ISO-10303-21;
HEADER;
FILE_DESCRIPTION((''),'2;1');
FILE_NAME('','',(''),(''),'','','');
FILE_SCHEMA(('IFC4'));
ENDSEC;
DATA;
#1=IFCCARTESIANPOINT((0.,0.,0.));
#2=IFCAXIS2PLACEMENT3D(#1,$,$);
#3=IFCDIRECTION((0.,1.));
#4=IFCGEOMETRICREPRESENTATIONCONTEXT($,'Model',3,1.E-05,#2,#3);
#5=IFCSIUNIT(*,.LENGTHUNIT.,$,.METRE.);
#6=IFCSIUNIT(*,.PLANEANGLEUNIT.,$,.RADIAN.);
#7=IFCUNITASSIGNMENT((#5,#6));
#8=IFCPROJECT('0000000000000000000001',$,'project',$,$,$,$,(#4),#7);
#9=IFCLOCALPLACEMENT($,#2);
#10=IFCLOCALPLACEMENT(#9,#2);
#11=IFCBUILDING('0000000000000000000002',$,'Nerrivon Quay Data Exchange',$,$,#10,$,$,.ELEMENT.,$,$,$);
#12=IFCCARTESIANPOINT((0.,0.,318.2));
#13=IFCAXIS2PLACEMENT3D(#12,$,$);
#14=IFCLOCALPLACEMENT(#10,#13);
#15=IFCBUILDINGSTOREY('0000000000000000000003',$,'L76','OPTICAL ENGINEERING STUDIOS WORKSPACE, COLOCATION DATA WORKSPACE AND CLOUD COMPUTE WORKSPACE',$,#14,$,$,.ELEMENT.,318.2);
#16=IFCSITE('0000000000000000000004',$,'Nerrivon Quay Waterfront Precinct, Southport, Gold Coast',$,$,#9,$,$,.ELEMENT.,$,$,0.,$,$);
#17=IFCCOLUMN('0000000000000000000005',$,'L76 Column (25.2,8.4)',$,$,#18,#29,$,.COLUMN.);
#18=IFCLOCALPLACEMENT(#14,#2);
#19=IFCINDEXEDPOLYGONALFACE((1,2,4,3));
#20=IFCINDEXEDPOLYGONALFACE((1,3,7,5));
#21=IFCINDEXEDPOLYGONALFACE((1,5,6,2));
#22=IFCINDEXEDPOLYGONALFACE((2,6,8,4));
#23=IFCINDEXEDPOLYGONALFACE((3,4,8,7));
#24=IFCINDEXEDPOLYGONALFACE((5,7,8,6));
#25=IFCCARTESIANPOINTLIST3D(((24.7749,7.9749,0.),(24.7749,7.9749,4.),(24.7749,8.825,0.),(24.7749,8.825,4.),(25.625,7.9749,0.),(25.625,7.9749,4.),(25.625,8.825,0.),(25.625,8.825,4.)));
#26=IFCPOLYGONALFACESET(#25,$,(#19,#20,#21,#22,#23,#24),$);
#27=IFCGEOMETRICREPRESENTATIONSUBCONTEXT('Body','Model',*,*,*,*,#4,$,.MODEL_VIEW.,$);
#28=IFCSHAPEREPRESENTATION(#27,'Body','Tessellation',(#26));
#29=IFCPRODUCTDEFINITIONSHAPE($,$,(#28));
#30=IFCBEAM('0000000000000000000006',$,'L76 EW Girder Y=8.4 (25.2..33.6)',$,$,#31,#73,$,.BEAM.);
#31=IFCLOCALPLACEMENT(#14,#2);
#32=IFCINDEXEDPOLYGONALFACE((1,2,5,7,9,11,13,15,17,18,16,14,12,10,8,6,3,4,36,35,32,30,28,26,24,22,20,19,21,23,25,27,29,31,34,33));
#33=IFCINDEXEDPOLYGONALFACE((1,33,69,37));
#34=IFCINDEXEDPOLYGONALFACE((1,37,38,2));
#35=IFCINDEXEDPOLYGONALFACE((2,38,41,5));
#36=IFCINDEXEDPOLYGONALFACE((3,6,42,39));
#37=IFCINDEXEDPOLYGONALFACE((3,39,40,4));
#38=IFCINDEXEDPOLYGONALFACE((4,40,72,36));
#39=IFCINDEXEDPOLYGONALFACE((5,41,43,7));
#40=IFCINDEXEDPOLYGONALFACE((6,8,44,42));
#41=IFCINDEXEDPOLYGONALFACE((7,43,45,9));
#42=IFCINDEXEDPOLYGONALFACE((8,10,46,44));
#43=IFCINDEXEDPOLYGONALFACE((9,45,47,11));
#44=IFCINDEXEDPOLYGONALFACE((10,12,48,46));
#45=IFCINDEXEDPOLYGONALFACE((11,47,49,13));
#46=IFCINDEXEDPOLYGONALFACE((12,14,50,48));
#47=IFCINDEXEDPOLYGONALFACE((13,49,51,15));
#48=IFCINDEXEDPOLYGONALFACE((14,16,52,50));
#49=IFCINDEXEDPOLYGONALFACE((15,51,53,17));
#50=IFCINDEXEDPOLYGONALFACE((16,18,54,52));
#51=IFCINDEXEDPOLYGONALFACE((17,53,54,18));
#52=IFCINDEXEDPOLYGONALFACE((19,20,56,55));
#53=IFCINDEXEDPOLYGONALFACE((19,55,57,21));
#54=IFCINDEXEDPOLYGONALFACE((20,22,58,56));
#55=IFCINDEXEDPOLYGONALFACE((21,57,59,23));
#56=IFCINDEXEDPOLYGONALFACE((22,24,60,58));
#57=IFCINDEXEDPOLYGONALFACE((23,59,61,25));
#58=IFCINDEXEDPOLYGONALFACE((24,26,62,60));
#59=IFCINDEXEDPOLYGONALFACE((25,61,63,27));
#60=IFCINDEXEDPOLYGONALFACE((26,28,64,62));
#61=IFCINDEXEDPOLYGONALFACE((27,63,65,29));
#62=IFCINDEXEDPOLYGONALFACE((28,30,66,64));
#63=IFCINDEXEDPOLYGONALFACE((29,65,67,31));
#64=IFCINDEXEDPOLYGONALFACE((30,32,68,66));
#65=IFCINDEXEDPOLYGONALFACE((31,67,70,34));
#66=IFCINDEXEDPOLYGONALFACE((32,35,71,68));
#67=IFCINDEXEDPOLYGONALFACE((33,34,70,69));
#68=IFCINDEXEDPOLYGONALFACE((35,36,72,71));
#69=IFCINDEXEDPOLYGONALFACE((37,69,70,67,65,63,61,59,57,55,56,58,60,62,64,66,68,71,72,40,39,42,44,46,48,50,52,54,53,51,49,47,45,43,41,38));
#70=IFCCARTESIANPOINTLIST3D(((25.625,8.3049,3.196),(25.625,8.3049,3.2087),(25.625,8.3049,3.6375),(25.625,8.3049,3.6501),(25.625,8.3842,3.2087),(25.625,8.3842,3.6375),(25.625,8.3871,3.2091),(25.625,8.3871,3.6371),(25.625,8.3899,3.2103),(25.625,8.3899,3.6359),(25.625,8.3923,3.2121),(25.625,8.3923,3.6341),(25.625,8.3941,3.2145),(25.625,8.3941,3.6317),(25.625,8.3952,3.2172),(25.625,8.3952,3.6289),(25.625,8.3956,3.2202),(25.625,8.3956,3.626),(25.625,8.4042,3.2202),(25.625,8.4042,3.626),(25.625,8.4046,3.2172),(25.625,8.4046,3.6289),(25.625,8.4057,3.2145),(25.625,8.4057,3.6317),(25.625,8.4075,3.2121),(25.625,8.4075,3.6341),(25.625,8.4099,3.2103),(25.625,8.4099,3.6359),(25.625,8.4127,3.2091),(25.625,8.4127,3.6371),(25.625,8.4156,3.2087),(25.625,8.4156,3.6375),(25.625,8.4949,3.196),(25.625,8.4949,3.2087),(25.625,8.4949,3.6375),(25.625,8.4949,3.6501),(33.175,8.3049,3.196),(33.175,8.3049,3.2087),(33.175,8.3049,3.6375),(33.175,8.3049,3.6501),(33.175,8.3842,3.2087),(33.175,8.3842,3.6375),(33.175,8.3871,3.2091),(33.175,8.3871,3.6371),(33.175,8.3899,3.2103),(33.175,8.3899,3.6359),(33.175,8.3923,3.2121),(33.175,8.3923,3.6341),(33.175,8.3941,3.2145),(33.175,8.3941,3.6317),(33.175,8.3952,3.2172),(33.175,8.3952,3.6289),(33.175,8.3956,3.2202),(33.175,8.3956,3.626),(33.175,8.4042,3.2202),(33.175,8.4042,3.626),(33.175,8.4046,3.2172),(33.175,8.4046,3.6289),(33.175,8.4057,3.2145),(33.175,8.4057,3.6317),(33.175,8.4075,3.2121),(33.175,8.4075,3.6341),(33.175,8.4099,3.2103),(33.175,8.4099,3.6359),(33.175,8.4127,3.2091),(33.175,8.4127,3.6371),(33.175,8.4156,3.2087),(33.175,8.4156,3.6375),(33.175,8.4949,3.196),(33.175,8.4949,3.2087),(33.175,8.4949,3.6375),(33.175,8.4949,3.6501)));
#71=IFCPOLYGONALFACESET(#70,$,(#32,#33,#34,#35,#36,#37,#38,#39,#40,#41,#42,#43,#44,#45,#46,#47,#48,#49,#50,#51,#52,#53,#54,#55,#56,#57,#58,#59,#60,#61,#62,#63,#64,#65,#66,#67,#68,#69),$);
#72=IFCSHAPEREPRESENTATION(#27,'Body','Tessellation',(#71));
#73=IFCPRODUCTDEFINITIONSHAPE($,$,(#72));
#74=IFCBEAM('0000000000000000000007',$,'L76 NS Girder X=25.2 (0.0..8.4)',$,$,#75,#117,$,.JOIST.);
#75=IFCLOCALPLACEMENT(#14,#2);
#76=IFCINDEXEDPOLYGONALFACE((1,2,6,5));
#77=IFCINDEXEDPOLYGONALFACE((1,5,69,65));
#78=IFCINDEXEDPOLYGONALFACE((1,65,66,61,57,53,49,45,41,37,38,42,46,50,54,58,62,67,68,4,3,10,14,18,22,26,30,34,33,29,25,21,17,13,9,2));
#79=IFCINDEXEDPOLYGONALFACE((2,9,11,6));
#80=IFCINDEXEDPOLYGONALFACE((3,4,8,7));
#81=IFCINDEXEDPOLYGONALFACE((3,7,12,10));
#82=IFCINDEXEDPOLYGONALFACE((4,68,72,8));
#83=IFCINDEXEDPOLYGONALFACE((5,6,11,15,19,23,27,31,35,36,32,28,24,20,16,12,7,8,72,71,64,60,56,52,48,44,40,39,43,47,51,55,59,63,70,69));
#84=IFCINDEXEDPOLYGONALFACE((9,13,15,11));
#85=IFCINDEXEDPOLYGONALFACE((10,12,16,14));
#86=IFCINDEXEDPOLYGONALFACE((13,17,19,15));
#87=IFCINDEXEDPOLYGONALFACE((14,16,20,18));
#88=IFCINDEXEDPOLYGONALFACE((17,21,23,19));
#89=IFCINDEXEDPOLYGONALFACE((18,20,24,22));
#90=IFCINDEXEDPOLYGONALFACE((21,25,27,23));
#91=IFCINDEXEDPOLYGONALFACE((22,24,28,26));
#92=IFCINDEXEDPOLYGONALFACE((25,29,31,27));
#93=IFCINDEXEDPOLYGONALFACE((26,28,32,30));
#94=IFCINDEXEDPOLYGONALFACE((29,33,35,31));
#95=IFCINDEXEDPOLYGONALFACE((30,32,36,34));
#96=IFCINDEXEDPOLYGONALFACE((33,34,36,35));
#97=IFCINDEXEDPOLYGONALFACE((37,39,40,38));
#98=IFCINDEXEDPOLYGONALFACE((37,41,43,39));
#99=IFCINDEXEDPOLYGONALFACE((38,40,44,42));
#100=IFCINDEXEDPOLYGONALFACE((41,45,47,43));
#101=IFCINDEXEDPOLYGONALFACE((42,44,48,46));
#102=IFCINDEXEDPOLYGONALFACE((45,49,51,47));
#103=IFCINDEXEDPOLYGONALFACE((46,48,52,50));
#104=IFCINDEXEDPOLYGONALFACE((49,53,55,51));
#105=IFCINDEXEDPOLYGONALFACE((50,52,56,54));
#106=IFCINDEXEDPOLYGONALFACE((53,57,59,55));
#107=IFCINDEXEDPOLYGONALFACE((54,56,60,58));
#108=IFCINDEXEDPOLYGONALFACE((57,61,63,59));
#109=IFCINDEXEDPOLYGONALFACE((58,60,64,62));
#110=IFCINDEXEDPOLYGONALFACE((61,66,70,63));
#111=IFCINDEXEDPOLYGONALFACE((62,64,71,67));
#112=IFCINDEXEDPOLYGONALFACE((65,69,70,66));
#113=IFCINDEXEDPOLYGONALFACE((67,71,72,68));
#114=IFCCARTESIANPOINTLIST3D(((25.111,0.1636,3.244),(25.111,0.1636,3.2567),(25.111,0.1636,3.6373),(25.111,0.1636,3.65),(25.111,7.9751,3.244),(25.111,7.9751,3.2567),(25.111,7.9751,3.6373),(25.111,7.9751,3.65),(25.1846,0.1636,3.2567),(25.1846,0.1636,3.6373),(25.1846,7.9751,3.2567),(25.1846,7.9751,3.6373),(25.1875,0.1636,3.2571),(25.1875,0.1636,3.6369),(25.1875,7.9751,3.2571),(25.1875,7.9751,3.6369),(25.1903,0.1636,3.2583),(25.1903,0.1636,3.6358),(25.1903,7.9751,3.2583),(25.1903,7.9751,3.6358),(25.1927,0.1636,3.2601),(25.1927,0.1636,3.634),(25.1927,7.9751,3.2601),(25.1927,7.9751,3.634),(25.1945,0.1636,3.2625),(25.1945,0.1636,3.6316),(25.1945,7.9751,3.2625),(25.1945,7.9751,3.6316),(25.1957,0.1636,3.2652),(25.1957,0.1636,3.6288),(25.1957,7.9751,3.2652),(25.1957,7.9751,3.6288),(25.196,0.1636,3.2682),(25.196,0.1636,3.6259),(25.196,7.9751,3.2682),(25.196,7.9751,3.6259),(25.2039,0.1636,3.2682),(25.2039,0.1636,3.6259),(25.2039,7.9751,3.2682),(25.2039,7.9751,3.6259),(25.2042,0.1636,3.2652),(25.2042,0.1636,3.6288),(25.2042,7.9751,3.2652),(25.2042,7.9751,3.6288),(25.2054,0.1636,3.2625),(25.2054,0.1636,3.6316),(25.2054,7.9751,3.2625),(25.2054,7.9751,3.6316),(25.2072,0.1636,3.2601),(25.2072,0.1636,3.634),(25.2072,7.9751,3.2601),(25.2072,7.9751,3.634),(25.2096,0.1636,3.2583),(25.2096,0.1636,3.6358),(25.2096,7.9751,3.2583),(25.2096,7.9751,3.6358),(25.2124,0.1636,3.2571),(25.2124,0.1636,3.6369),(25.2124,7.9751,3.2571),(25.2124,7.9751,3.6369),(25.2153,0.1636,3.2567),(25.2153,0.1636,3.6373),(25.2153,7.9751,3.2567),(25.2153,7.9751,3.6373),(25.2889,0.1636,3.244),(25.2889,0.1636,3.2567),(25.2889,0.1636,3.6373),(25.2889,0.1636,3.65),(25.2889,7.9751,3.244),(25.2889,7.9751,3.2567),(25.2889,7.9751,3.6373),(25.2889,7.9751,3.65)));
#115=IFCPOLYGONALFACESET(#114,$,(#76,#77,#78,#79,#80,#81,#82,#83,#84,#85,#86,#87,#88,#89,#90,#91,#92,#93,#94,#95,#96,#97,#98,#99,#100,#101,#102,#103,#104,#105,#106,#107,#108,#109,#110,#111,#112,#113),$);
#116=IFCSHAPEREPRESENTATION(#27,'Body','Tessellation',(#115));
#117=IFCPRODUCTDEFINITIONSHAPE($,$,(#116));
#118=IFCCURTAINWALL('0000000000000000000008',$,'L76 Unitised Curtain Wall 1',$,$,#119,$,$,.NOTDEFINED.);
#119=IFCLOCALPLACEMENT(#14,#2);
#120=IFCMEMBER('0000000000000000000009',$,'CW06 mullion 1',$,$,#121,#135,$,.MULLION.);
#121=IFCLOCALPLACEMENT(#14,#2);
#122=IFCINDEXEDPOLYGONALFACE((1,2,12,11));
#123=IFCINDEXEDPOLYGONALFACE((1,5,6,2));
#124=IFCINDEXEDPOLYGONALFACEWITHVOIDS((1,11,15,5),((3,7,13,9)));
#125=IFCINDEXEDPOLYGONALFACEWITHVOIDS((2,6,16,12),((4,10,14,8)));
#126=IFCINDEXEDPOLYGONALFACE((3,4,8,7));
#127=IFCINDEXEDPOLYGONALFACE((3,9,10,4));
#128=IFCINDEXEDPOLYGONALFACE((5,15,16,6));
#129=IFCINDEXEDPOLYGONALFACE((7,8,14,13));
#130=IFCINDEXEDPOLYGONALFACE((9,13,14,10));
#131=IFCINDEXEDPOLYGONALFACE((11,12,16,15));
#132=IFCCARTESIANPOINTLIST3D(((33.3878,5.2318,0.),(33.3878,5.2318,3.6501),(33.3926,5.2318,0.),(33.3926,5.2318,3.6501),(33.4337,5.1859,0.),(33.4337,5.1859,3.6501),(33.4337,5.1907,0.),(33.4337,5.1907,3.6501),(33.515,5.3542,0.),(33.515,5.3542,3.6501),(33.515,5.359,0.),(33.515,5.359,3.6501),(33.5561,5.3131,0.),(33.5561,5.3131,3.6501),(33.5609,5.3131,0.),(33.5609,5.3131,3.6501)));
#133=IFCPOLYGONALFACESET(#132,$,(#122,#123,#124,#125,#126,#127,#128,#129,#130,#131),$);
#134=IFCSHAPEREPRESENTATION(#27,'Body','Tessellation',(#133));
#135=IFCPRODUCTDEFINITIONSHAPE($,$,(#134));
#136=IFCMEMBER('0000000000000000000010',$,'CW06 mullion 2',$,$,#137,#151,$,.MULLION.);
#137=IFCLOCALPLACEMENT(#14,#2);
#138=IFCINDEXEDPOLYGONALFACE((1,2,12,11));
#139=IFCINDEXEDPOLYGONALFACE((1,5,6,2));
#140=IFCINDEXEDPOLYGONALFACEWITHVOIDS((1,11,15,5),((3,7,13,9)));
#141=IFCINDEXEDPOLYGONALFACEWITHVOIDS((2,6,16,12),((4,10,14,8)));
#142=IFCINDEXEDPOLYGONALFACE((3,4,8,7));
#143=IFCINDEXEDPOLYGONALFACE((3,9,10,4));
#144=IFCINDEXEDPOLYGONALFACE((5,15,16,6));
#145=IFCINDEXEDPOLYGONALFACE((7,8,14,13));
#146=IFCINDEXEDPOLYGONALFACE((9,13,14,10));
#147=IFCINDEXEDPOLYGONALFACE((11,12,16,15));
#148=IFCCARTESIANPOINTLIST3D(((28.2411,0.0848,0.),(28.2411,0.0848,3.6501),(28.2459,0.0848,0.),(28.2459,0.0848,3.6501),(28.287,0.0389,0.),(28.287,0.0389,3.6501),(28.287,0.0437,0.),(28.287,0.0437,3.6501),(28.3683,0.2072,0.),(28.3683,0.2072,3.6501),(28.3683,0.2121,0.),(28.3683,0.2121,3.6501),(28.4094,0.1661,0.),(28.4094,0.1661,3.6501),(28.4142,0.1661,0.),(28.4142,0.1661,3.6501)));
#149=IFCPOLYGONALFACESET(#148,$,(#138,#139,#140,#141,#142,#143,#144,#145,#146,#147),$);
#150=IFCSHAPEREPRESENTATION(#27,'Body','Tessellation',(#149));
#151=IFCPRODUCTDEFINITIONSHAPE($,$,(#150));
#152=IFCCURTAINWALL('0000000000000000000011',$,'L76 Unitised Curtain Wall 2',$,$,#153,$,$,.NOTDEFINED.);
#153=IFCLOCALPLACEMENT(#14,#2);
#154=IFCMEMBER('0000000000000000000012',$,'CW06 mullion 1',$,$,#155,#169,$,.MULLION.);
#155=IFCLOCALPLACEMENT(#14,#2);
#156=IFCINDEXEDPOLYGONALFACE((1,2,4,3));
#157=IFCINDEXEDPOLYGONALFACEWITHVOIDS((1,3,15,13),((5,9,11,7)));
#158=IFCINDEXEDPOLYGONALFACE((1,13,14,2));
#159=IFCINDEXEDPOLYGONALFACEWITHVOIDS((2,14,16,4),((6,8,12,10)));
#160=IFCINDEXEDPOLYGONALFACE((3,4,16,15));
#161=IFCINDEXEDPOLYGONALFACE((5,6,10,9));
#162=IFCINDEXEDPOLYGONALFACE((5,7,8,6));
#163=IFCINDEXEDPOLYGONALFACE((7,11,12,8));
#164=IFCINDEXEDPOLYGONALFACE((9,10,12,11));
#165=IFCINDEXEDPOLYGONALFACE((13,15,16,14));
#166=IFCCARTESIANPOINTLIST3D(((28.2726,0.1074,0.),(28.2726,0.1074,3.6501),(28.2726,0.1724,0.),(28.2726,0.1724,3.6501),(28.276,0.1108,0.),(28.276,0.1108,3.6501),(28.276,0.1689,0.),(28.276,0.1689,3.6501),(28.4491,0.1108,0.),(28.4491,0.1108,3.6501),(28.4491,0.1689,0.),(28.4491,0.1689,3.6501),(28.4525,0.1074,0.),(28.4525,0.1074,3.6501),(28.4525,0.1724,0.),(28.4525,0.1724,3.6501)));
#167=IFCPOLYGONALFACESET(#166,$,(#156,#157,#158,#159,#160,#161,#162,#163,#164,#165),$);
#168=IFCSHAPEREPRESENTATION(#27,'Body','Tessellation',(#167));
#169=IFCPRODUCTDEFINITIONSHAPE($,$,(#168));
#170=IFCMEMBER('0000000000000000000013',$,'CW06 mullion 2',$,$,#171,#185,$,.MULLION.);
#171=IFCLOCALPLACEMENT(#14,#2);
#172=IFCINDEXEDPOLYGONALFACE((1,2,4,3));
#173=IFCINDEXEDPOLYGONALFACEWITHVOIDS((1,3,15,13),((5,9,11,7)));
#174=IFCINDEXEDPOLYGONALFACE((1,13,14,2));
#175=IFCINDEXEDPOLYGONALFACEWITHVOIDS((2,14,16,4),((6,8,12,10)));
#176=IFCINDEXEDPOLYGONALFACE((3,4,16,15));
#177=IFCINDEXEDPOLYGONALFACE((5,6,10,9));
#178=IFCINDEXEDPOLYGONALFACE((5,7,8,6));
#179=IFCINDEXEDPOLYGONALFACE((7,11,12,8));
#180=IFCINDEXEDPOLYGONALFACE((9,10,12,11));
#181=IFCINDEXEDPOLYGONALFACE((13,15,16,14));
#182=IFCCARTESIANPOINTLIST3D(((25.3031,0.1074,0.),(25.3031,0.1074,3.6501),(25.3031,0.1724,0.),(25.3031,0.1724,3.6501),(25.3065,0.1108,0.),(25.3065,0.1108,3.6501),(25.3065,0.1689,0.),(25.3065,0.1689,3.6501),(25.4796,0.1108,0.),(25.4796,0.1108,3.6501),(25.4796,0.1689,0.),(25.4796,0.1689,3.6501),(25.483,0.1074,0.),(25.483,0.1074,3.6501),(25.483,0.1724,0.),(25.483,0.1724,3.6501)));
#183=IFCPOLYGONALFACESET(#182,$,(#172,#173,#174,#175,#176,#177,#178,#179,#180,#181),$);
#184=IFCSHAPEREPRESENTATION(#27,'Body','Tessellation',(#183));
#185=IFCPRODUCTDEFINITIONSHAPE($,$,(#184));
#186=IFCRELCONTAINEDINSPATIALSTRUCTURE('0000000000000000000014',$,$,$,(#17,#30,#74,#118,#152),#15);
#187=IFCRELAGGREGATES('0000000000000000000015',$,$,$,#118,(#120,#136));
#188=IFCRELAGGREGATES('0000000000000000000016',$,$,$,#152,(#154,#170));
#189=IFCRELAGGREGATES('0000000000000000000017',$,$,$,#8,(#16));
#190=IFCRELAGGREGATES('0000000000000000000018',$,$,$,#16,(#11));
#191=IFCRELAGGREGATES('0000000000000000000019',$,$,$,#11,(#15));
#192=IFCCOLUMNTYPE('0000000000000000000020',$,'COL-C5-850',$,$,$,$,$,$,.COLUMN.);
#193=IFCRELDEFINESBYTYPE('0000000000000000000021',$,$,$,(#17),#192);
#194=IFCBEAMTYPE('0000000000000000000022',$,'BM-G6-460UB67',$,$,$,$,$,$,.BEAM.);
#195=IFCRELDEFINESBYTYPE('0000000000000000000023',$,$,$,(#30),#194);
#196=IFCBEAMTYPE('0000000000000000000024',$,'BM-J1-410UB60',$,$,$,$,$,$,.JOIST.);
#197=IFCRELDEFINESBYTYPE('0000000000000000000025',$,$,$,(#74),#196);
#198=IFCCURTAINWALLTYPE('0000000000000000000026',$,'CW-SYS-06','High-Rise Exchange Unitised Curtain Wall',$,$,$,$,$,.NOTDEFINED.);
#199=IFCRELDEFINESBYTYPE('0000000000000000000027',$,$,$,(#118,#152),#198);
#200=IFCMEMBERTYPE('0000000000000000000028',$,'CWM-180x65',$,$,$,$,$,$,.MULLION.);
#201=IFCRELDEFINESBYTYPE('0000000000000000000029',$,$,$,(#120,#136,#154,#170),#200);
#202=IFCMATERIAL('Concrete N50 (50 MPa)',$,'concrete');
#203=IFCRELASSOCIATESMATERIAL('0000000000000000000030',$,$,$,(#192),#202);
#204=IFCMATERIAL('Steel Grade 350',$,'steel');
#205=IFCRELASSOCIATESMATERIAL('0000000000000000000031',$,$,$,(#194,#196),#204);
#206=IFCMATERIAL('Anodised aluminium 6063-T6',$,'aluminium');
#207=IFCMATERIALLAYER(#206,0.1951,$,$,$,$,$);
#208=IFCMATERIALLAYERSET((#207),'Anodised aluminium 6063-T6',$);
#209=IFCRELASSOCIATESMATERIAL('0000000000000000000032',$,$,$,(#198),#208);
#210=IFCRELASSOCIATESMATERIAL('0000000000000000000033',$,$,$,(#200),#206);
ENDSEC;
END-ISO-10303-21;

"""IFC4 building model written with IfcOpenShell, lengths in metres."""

from ifc_helpers import new_model, si_unit, direction, frame, origin, origin_2d, place, context, subcontext, project, spatial, rectangle, hollow_rectangle, i_section, extrude, material, layer, layer_set, material_profile, profile_set, type_object, element, aggregate, save


model = new_model("IFC4")

# Units and contexts
model_context = context("Model", 3, precision=1e-05, world=origin(), true_north=direction((0.0, 1.0)))
body_context = subcontext(model_context, "Body", "Model", "MODEL_VIEW")
ifc_project = project(units=[si_unit("LENGTHUNIT", "METRE"), si_unit("PLANEANGLEUNIT", "RADIAN")], contexts=[model_context])

# Site, building, storey
site_placement = place(None, origin())
site = spatial("IfcSite", under=ifc_project, at=site_placement, Name="Nerrivon Quay Waterfront Precinct, Southport, Gold Coast", CompositionType="ELEMENT", RefElevation=0.0)
building_placement = place(site_placement, origin())
building = spatial("IfcBuilding", under=site, at=building_placement, Name="Nerrivon Quay Data Exchange", CompositionType="ELEMENT")
storey_placement = place(building_placement, frame((0.0, 0.0, 318.2)))
storey = spatial("IfcBuildingStorey", under=building, at=storey_placement, Name="L76", Description="OPTICAL ENGINEERING STUDIOS WORKSPACE, COLOCATION DATA WORKSPACE AND CLOUD COMPUTE WORKSPACE", CompositionType="ELEMENT", Elevation=318.2)

# Column
ifc_material_1 = material(Name="Concrete N50 (50 MPa)", Category="concrete")
ifc_material_profile_1 = material_profile(ifc_material_1, rectangle(XDim=0.8501, YDim=0.8501, at=origin_2d()), Name="RC-COL-850x850")
ifc_profile_set_1 = profile_set([ifc_material_profile_1], Name="Concrete N50 (50 MPa)")
column_type = type_object("IfcColumnType", Name="COL-C5-850", PredefinedType="COLUMN", material=ifc_profile_set_1)
column_placement = place(storey_placement, frame((25.2, 8.3999, 0.0), z_axis=(0.0, 0.0, 1.0), x_axis=(1.0, 0.0, 0.0)))
element("IfcColumn", 1, at=column_placement, inside=storey, type_object=column_type, Name="L76 Column (25.2,8.4)", PredefinedType="COLUMN", context=body_context, shape_type="SweptSolid", body=[
    extrude(rectangle(XDim=0.8501, YDim=0.8501, at=origin_2d()), origin(), (0.0, 0.0, 1.0), 4.0),
])

# Beams
ifc_material_2 = material(Name="Steel Grade 350", Category="steel")
ifc_material_profile_2 = material_profile(ifc_material_2, i_section(OverallWidth=0.1899, OverallDepth=0.4541, WebThickness=0.0085, FlangeThickness=0.0127, FilletRadius=0.0115, at=origin_2d()), Name="460UB67.1")
ifc_profile_set_2 = profile_set([ifc_material_profile_2], Name="Steel Grade 350")
beam_type_1 = type_object("IfcBeamType", Name="BM-G6-460UB67", PredefinedType="BEAM", material=ifc_profile_set_2)
beam_1_placement = place(storey_placement, frame((25.625, 8.3999, 3.4231), z_axis=(1.0, 0.0, 0.0), x_axis=(0.0, 1.0, 0.0)))
element("IfcBeam", 2, at=beam_1_placement, inside=storey, type_object=beam_type_1, Name="L76 EW Girder Y=8.4 (25.2..33.6)", PredefinedType="BEAM", context=body_context, shape_type="SweptSolid", body=[
    extrude(i_section(OverallWidth=0.1899, OverallDepth=0.4541, WebThickness=0.0085, FlangeThickness=0.0127, FilletRadius=0.0115, at=origin_2d()), origin(), (0.0, 0.0, 1.0), 7.55),
])
ifc_material_profile_3 = material_profile(ifc_material_2, i_section(OverallWidth=0.178, OverallDepth=0.406, WebThickness=0.0078, FlangeThickness=0.0127, FilletRadius=0.0115, at=origin_2d()), Name="410UB59.7")
ifc_profile_set_3 = profile_set([ifc_material_profile_3], Name="Steel Grade 350")
beam_type_2 = type_object("IfcBeamType", Name="BM-J1-410UB60", PredefinedType="JOIST", material=ifc_profile_set_3)
beam_2_placement = place(storey_placement, frame((25.2, 0.1636, 3.447), z_axis=(0.0, 1.0, 0.0), x_axis=(-1.0, 0.0, 0.0)))
element("IfcBeam", 3, at=beam_2_placement, inside=storey, type_object=beam_type_2, Name="L76 NS Girder X=25.2 (0.0..8.4)", PredefinedType="JOIST", context=body_context, shape_type="SweptSolid", body=[
    extrude(i_section(OverallWidth=0.178, OverallDepth=0.406, WebThickness=0.0078, FlangeThickness=0.0127, FilletRadius=0.0115, at=origin_2d()), origin(), (0.0, 0.0, 1.0), 7.8115),
])

# Curtain walls, members
ifc_material_3 = material(Name="Anodised aluminium 6063-T6", Category="aluminium")
ifc_layer_1 = layer(ifc_material_3, 0.1951)
ifc_layer_set_1 = layer_set([ifc_layer_1], Name="Anodised aluminium 6063-T6")
curtain_wall_type = type_object("IfcCurtainWallType", Name="CW-SYS-06", Description="High-Rise Exchange Unitised Curtain Wall", PredefinedType="NOTDEFINED", material=ifc_layer_set_1)
curtain_wall_1_placement = place(storey_placement, origin())
curtain_wall_1 = element("IfcCurtainWall", 4, at=curtain_wall_1_placement, inside=storey, type_object=curtain_wall_type, Name="L76 Unitised Curtain Wall 1", PredefinedType="NOTDEFINED")
ifc_material_profile_4 = material_profile(ifc_material_3, hollow_rectangle(XDim=0.0649, YDim=0.1799, WallThickness=0.0034, at=origin_2d()), Name="ALU-MULL-180x65")
ifc_profile_set_4 = profile_set([ifc_material_profile_4], Name="Anodised aluminium 6063-T6")
member_type_1 = type_object("IfcMemberType", Name="CWM-180x65", PredefinedType="MULLION", material=ifc_profile_set_4)
member_1_placement = place(storey_placement, frame((33.4744, 5.2725, 0.0), z_axis=(0.0, 0.0, 1.0), x_axis=(0.707107, -0.707107, 0.0)))
member_1 = element("IfcMember", 5, at=member_1_placement, type_object=member_type_1, Name="CW06 mullion 1", PredefinedType="MULLION", context=body_context, shape_type="SweptSolid", body=[
    extrude(hollow_rectangle(XDim=0.0649, YDim=0.1799, WallThickness=0.0034, at=origin_2d()), origin(), (0.0, 0.0, 1.0), 3.6501),
])
member_2_placement = place(storey_placement, frame((28.3276, 0.1255, 0.0), z_axis=(0.0, 0.0, 1.0), x_axis=(0.707107, -0.707107, 0.0)))
member_2 = element("IfcMember", 6, at=member_2_placement, type_object=member_type_1, Name="CW06 mullion 2", PredefinedType="MULLION", context=body_context, shape_type="SweptSolid", body=[
    extrude(hollow_rectangle(XDim=0.0649, YDim=0.1799, WallThickness=0.0034, at=origin_2d()), origin(), (0.0, 0.0, 1.0), 3.6501),
])
curtain_wall_2_placement = place(storey_placement, origin())
curtain_wall_2 = element("IfcCurtainWall", 7, at=curtain_wall_2_placement, inside=storey, type_object=curtain_wall_type, Name="L76 Unitised Curtain Wall 2", PredefinedType="NOTDEFINED")
member_3_placement = place(storey_placement, frame((28.3625, 0.1399, 0.0), z_axis=(0.0, 0.0, 1.0), x_axis=(0.0, -1.0, 0.0)))
member_3 = element("IfcMember", 8, at=member_3_placement, type_object=member_type_1, Name="CW06 mullion 1", PredefinedType="MULLION", context=body_context, shape_type="SweptSolid", body=[
    extrude(hollow_rectangle(XDim=0.0649, YDim=0.1799, WallThickness=0.0034, at=origin_2d()), origin(), (0.0, 0.0, 1.0), 3.6501),
])
member_4_placement = place(storey_placement, frame((25.3931, 0.1399, 0.0), z_axis=(0.0, 0.0, 1.0), x_axis=(0.0, -1.0, 0.0)))
member_4 = element("IfcMember", 9, at=member_4_placement, type_object=member_type_1, Name="CW06 mullion 2", PredefinedType="MULLION", context=body_context, shape_type="SweptSolid", body=[
    extrude(hollow_rectangle(XDim=0.0649, YDim=0.1799, WallThickness=0.0034, at=origin_2d()), origin(), (0.0, 0.0, 1.0), 3.6501),
])

aggregate(curtain_wall_1, [member_1, member_2])
aggregate(curtain_wall_2, [member_3, member_4])

save(model, "model.ifc")
